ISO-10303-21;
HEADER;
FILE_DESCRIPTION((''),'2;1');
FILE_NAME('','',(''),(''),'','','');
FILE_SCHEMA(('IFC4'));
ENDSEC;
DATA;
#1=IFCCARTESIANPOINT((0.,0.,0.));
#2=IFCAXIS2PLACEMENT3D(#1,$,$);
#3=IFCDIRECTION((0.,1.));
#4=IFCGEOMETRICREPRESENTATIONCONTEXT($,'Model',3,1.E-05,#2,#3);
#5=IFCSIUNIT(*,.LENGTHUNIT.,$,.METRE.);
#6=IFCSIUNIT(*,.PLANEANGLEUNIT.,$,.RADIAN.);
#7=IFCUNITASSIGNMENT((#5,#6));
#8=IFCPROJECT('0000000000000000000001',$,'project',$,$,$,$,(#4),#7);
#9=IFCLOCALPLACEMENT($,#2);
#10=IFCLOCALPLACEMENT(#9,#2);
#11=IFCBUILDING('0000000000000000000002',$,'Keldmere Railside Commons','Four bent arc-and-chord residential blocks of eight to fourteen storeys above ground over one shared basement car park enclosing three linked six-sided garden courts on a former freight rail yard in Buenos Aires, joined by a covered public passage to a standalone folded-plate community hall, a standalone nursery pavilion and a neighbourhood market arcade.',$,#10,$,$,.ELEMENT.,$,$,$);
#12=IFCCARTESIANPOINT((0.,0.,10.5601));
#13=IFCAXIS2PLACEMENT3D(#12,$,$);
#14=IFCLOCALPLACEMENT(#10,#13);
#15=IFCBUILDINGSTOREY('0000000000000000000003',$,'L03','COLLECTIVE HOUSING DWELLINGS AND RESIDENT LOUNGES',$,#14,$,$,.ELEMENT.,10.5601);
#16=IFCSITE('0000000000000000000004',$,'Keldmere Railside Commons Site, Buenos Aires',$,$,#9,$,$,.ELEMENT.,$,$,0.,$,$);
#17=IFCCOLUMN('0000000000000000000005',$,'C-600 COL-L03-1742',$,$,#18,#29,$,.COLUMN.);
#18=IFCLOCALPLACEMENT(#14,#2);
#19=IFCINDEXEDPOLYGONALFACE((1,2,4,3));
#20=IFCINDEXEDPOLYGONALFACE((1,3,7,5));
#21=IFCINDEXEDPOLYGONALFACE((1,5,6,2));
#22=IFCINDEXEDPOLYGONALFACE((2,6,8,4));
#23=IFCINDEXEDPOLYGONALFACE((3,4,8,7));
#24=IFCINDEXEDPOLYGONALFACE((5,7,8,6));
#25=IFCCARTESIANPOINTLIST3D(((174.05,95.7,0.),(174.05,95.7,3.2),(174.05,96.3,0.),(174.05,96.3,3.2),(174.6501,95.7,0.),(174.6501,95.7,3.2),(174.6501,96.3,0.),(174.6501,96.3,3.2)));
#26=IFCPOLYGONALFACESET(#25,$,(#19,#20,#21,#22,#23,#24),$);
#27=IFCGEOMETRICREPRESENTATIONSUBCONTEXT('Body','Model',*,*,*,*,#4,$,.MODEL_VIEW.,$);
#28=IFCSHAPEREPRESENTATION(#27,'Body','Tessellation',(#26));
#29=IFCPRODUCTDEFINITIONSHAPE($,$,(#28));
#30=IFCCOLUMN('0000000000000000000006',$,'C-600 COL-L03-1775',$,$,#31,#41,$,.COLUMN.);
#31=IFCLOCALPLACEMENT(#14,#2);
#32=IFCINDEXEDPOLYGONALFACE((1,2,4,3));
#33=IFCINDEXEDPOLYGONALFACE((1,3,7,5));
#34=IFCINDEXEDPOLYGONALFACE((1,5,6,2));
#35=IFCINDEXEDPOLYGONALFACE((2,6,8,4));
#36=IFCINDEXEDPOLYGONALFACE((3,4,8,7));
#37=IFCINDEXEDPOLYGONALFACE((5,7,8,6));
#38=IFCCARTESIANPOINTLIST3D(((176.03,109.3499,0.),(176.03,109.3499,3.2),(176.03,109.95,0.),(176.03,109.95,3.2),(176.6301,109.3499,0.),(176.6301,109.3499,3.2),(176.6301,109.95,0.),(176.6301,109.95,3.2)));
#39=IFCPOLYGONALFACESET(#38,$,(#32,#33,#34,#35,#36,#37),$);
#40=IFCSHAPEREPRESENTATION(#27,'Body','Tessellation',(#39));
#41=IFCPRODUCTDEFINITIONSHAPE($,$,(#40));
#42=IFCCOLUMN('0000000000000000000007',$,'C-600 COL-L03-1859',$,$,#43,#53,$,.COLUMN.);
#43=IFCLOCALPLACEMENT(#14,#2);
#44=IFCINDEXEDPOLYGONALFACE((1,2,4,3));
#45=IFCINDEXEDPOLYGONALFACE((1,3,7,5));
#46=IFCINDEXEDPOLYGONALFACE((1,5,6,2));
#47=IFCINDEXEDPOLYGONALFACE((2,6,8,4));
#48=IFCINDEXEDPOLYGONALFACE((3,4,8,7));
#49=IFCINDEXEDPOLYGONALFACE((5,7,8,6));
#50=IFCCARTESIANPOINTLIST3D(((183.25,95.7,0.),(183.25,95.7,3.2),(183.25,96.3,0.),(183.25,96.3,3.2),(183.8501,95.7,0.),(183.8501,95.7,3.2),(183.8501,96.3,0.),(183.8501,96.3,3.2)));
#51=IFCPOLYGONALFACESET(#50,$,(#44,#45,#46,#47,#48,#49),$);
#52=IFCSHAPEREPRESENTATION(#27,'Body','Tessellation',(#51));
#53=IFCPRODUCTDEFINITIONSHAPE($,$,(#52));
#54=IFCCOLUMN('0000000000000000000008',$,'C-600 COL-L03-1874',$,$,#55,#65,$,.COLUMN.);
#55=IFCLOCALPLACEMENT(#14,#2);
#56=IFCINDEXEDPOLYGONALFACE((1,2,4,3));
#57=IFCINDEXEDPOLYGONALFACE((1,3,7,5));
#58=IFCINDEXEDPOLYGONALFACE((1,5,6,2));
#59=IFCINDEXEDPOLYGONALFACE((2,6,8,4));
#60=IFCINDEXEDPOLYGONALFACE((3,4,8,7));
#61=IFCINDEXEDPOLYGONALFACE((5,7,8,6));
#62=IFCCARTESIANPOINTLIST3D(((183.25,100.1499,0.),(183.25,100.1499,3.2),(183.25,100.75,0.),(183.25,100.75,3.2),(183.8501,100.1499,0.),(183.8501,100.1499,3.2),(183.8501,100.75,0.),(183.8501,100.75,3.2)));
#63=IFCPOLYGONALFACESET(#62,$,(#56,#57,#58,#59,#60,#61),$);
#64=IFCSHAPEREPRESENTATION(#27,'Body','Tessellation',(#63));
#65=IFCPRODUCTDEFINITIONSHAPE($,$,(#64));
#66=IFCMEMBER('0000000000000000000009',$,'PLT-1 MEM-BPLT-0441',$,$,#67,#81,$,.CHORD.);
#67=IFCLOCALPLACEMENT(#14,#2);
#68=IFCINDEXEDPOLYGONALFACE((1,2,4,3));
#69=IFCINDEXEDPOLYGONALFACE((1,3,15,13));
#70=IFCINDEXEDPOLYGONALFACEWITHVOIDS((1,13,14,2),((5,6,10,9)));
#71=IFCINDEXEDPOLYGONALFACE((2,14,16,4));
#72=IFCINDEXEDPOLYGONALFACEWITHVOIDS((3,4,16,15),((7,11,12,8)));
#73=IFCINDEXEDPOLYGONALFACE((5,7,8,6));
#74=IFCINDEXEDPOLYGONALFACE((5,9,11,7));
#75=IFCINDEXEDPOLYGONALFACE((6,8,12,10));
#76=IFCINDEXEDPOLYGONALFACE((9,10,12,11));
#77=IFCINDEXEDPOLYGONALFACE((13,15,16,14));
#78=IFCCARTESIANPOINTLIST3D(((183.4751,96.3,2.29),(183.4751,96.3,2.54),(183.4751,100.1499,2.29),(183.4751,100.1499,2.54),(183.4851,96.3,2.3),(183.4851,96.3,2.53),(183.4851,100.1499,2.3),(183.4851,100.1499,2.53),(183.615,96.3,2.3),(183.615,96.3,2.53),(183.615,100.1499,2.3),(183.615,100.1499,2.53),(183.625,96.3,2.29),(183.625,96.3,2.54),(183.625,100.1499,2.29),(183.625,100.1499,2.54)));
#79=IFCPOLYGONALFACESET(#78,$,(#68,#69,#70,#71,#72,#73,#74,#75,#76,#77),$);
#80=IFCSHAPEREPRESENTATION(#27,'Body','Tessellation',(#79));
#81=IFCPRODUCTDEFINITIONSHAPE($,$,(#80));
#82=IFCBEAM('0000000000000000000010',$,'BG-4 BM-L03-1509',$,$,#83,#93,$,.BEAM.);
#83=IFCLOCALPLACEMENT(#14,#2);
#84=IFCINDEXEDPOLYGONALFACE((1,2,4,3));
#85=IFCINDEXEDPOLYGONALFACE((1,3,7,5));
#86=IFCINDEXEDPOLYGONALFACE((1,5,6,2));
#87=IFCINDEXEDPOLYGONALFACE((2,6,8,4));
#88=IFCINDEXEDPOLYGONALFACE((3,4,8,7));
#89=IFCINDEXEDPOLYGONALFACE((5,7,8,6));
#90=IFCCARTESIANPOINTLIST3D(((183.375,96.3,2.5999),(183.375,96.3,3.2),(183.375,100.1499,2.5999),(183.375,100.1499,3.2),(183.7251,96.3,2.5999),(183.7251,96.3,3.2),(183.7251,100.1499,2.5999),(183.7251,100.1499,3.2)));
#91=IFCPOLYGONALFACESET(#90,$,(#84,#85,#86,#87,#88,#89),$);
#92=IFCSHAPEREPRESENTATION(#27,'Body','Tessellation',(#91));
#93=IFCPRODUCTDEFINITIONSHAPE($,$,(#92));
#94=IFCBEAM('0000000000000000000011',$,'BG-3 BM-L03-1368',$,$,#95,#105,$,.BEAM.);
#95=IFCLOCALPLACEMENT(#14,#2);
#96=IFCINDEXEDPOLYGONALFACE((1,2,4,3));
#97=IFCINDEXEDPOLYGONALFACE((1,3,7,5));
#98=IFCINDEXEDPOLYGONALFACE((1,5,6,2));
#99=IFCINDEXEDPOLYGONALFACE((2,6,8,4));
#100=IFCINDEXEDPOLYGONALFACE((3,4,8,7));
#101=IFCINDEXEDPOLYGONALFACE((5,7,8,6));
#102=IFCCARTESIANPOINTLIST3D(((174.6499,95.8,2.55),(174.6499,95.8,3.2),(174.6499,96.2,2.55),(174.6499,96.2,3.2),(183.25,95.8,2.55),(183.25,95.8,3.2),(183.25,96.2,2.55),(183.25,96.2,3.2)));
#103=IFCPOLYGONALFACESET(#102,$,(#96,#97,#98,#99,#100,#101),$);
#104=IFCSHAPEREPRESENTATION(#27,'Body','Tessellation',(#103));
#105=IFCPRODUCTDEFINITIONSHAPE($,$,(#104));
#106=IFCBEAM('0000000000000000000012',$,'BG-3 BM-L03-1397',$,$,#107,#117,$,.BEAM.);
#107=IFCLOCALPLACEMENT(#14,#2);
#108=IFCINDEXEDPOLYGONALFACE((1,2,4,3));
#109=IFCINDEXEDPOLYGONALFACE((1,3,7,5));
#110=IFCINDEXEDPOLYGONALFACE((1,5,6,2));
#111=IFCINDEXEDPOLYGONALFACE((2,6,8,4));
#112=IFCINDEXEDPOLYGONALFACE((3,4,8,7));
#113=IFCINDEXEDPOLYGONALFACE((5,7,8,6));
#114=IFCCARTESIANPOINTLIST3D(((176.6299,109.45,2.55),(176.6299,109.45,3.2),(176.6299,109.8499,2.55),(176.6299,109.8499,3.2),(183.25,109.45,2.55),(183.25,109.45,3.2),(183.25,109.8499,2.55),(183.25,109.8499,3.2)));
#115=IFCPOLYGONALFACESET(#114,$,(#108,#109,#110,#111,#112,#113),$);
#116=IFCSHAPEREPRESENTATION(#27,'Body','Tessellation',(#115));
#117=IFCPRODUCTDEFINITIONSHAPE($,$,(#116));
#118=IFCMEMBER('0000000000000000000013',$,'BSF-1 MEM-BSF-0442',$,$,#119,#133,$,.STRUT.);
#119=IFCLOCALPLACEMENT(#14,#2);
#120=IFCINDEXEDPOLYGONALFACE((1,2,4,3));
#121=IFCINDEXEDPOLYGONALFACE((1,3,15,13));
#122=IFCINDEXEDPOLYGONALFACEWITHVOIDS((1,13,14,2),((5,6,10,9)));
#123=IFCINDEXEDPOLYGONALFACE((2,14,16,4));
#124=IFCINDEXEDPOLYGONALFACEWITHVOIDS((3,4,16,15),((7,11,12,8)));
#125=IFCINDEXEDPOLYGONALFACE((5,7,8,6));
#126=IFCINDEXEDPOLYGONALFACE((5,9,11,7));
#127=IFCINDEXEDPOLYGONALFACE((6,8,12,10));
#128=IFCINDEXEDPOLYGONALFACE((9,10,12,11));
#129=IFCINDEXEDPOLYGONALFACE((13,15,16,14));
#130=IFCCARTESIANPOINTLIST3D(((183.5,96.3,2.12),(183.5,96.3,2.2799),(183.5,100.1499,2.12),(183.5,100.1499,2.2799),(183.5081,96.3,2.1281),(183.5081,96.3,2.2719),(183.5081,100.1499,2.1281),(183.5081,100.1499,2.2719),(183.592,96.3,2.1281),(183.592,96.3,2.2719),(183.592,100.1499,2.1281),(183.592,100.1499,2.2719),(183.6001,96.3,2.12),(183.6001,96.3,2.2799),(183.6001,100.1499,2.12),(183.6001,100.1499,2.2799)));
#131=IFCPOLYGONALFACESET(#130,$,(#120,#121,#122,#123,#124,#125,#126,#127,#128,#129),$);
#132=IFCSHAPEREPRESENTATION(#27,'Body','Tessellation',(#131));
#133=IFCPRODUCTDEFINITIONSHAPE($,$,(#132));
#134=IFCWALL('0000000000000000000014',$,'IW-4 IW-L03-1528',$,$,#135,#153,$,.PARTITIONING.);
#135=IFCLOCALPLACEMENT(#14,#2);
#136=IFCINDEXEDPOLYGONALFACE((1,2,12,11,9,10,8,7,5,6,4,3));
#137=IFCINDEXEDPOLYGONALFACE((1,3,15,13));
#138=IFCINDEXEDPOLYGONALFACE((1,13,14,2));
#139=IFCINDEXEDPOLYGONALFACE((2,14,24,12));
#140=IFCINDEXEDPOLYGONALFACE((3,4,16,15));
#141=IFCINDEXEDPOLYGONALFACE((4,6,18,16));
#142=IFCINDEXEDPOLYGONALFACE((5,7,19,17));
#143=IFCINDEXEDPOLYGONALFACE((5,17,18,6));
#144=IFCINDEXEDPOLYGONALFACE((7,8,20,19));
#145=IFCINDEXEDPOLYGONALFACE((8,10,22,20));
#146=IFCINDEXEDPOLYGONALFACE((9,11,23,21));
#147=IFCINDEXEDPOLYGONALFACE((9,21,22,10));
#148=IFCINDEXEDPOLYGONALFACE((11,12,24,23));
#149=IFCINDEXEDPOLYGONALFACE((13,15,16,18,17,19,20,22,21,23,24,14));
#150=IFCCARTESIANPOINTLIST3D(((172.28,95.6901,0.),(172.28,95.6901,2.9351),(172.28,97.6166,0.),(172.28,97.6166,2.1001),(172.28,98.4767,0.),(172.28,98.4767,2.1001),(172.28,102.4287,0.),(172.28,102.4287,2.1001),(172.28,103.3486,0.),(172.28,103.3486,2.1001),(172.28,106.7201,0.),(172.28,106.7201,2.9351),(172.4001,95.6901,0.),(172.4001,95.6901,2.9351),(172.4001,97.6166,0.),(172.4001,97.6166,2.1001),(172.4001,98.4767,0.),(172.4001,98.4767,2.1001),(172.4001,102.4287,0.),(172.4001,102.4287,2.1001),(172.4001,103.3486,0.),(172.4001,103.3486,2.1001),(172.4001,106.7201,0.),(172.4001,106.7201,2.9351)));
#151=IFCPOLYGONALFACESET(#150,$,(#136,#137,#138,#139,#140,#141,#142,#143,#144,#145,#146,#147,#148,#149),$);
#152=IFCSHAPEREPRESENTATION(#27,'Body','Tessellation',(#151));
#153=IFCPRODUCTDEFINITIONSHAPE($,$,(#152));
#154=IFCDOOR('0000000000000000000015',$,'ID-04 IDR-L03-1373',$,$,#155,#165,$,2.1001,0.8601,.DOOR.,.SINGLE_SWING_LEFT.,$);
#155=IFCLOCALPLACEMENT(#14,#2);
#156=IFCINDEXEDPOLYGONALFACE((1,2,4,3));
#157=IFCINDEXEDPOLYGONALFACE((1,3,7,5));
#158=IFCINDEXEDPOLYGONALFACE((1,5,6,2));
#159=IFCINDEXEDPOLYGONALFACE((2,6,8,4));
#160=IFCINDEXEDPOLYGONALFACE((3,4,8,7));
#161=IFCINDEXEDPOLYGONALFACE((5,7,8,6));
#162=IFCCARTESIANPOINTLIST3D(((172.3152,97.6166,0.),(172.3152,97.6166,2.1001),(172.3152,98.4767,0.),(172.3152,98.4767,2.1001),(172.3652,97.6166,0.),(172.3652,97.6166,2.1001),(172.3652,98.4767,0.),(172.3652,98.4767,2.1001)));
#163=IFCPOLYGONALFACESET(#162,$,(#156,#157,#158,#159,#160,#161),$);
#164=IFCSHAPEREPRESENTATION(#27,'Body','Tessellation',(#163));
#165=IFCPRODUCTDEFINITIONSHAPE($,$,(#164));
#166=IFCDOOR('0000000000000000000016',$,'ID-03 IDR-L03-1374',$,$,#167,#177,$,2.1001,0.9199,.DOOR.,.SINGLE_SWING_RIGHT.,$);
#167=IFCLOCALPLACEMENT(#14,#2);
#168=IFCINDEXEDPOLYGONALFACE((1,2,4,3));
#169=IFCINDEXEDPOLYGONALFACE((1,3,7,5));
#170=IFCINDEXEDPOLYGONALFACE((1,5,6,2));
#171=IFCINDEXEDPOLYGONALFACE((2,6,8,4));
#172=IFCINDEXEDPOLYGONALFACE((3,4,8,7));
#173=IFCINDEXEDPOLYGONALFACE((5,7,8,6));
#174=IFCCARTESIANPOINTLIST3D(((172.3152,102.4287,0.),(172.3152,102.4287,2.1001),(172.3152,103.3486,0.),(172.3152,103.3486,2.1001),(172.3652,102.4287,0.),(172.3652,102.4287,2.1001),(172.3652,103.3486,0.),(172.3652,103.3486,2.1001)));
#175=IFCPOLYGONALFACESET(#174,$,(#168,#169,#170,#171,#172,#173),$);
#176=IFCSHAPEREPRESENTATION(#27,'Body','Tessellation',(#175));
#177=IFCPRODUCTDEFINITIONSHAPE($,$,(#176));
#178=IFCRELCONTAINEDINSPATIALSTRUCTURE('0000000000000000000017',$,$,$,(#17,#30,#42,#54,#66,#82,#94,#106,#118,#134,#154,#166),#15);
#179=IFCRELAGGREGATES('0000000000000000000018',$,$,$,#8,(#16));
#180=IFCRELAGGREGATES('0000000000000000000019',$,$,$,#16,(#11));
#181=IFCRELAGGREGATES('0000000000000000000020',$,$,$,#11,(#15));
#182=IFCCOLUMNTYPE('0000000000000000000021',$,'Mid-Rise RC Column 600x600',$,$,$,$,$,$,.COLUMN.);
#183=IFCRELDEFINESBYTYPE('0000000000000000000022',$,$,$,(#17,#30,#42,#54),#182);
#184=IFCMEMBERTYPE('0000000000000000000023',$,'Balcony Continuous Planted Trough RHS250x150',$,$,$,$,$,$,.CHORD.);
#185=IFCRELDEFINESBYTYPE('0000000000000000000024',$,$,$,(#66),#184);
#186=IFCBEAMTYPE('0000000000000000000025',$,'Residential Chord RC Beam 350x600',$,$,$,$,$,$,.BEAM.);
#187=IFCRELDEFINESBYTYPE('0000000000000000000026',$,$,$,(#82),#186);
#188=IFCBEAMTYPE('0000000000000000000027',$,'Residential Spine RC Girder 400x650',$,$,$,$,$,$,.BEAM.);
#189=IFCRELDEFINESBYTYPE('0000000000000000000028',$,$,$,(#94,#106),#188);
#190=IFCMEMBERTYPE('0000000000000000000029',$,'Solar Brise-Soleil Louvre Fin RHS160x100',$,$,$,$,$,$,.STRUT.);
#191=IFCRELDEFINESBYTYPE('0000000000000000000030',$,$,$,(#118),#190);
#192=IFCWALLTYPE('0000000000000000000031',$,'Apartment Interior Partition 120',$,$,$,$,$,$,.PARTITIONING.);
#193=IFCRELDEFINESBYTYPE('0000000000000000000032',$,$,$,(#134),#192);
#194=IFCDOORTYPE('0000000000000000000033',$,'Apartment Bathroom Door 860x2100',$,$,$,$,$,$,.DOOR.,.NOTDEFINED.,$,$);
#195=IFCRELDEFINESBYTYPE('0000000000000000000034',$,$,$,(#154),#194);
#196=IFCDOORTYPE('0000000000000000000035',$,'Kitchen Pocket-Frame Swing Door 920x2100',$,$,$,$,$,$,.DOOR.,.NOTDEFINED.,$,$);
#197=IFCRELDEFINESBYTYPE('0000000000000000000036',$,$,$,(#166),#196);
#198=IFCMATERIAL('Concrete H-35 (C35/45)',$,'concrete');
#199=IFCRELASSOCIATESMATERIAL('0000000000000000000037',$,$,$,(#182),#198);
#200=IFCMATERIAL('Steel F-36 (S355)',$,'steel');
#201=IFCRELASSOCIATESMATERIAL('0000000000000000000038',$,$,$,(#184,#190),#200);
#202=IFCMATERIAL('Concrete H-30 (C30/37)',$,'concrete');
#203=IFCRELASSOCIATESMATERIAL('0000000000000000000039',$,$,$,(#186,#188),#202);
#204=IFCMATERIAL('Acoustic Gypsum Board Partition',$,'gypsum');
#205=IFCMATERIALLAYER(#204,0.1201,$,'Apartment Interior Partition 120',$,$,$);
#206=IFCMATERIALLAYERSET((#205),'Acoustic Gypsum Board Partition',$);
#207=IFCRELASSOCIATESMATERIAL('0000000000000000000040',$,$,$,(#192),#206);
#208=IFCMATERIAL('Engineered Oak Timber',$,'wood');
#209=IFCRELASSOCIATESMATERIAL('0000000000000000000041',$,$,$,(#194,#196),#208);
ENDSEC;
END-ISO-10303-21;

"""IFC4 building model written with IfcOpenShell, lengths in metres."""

from ifc_helpers import new_model, si_unit, direction, frame, frame_2d, origin, origin_2d, place, context, subcontext, project, spatial, rectangle, hollow_rectangle, extrude, material, layer, layer_set, material_profile, profile_set, type_object, element, fill, save


model = new_model("IFC4")

# Units and contexts
model_context = context("Model", 3, precision=1e-05, world=origin(), true_north=direction((0.0, 1.0)))
body_context = subcontext(model_context, "Body", "Model", "MODEL_VIEW")
ifc_project = project(units=[si_unit("LENGTHUNIT", "METRE"), si_unit("PLANEANGLEUNIT", "RADIAN")], contexts=[model_context])

# Site, building, storey
site_placement = place(None, origin())
site = spatial("IfcSite", under=ifc_project, at=site_placement, Name="Keldmere Railside Commons Site, Buenos Aires", CompositionType="ELEMENT", RefElevation=0.0)
building_placement = place(site_placement, origin())
building = spatial("IfcBuilding", under=site, at=building_placement, Name="Keldmere Railside Commons", Description="Four bent arc-and-chord residential blocks of eight to fourteen storeys above ground over one shared basement car park enclosing three linked six-sided garden courts on a former freight rail yard in Buenos Aires, joined by a covered public passage to a standalone folded-plate community hall, a standalone nursery pavilion and a neighbourhood market arcade.", CompositionType="ELEMENT")
storey_placement = place(building_placement, frame((0.0, 0.0, 10.5601)))
storey = spatial("IfcBuildingStorey", under=building, at=storey_placement, Name="L03", Description="COLLECTIVE HOUSING DWELLINGS AND RESIDENT LOUNGES", CompositionType="ELEMENT", Elevation=10.5601)

# Columns
ifc_material_1 = material(Name="Concrete H-35 (C35/45)", Category="concrete")
ifc_material_profile_1 = material_profile(ifc_material_1, rectangle(XDim=0.6001, YDim=0.6001, at=origin_2d()), Name="RC-600x600")
ifc_profile_set_1 = profile_set([ifc_material_profile_1], Name="Concrete H-35 (C35/45)")
column_type = type_object("IfcColumnType", Name="Mid-Rise RC Column 600x600", PredefinedType="COLUMN", material=ifc_profile_set_1)
for number, where, z_axis, x_axis, name in (
    (1, (174.3501, 96.0, 0.0), (0.0, 0.0, 1.0), (1.0, 0.0, 0.0), "C-600 COL-L03-1742"),
    (2, (176.3301, 109.6499, 0.0), (0.0, 0.0, 1.0), (1.0, 0.0, 0.0), "C-600 COL-L03-1775"),
    (3, (183.55, 96.0, 0.0), (0.0, 0.0, 1.0), (1.0, 0.0, 0.0), "C-600 COL-L03-1859"),
    (4, (183.55, 100.45, 0.0), (0.0, 0.0, 1.0), (1.0, 0.0, 0.0), "C-600 COL-L03-1874"),
):
    element("IfcColumn", number, at=place(storey_placement, frame(where, z_axis=z_axis, x_axis=x_axis)), inside=storey, type_object=column_type, Name=name, PredefinedType="COLUMN", context=body_context, shape_type="SweptSolid", body=[
        extrude(rectangle(XDim=0.6001, YDim=0.6001, at=origin_2d()), origin(), (0.0, 0.0, 1.0), 3.2),
    ])

# Member
ifc_material_2 = material(Name="Steel F-36 (S355)", Category="steel")
ifc_material_profile_2 = material_profile(ifc_material_2, hollow_rectangle(XDim=0.1499, YDim=0.25, WallThickness=0.01, at=origin_2d()), Name="RHS-250x150x10")
ifc_profile_set_2 = profile_set([ifc_material_profile_2], Name="Steel F-36 (S355)")
member_type_1 = type_object("IfcMemberType", Name="Balcony Continuous Planted Trough RHS250x150", PredefinedType="CHORD", material=ifc_profile_set_2)
member_1_placement = place(storey_placement, frame((183.55, 96.3, 2.415), z_axis=(0.0, 1.0, 0.0), x_axis=(-1.0, 0.0, 0.0)))
element("IfcMember", 5, at=member_1_placement, inside=storey, type_object=member_type_1, Name="PLT-1 MEM-BPLT-0441", PredefinedType="CHORD", context=body_context, shape_type="SweptSolid", body=[
    extrude(hollow_rectangle(XDim=0.1499, YDim=0.25, WallThickness=0.01, at=origin_2d()), origin(), (0.0, 0.0, 1.0), 3.8499),
])

# Beams
ifc_material_3 = material(Name="Concrete H-30 (C30/37)", Category="concrete")
ifc_material_profile_3 = material_profile(ifc_material_3, rectangle(XDim=0.3501, YDim=0.6001, at=origin_2d()), Name="RC-350x600")
ifc_profile_set_3 = profile_set([ifc_material_profile_3], Name="Concrete H-30 (C30/37)")
beam_type_1 = type_object("IfcBeamType", Name="Residential Chord RC Beam 350x600", PredefinedType="BEAM", material=ifc_profile_set_3)
beam_1_placement = place(storey_placement, frame((183.55, 96.3, 2.8999), z_axis=(0.0, 1.0, 0.0), x_axis=(-1.0, 0.0, 0.0)))
element("IfcBeam", 6, at=beam_1_placement, inside=storey, type_object=beam_type_1, Name="BG-4 BM-L03-1509", PredefinedType="BEAM", context=body_context, shape_type="SweptSolid", body=[
    extrude(rectangle(XDim=0.3501, YDim=0.6001, at=origin_2d()), origin(), (0.0, 0.0, 1.0), 3.8499),
])
ifc_material_profile_4 = material_profile(ifc_material_3, rectangle(XDim=0.3999, YDim=0.6499, at=origin_2d()), Name="RC-400x650")
ifc_profile_set_4 = profile_set([ifc_material_profile_4], Name="Concrete H-30 (C30/37)")
beam_type_2 = type_object("IfcBeamType", Name="Residential Spine RC Girder 400x650", PredefinedType="BEAM", material=ifc_profile_set_4)
beam_2_placement = place(storey_placement, frame((174.6499, 96.0, 2.875), z_axis=(1.0, 0.0, 0.0), x_axis=(0.0, 1.0, 0.0)))
element("IfcBeam", 7, at=beam_2_placement, inside=storey, type_object=beam_type_2, Name="BG-3 BM-L03-1368", PredefinedType="BEAM", context=body_context, shape_type="SweptSolid", body=[
    extrude(rectangle(XDim=0.3999, YDim=0.6499, at=origin_2d()), origin(), (0.0, 0.0, 1.0), 8.6001),
])
beam_3_placement = place(storey_placement, frame((176.6299, 109.6499, 2.875), z_axis=(1.0, 0.0, 0.0), x_axis=(0.0, 1.0, 0.0)))
element("IfcBeam", 8, at=beam_3_placement, inside=storey, type_object=beam_type_2, Name="BG-3 BM-L03-1397", PredefinedType="BEAM", context=body_context, shape_type="SweptSolid", body=[
    extrude(rectangle(XDim=0.3999, YDim=0.6499, at=origin_2d()), origin(), (0.0, 0.0, 1.0), 6.6201),
])

# Member
ifc_material_profile_5 = material_profile(ifc_material_2, hollow_rectangle(XDim=0.1001, YDim=0.1599, WallThickness=0.0081, at=origin_2d()), Name="RHS-160x100x8")
ifc_profile_set_5 = profile_set([ifc_material_profile_5], Name="Steel F-36 (S355)")
member_type_2 = type_object("IfcMemberType", Name="Solar Brise-Soleil Louvre Fin RHS160x100", PredefinedType="STRUT", material=ifc_profile_set_5)
member_2_placement = place(storey_placement, frame((183.55, 96.3, 2.2), z_axis=(0.0, 1.0, 0.0), x_axis=(-1.0, 0.0, 0.0)))
element("IfcMember", 9, at=member_2_placement, inside=storey, type_object=member_type_2, Name="BSF-1 MEM-BSF-0442", PredefinedType="STRUT", context=body_context, shape_type="SweptSolid", body=[
    extrude(hollow_rectangle(XDim=0.1001, YDim=0.1599, WallThickness=0.0081, at=origin_2d()), origin(), (0.0, 0.0, 1.0), 3.8499),
])

# Wall, openings, doors
ifc_material_4 = material(Name="Acoustic Gypsum Board Partition", Category="gypsum")
ifc_layer_1 = layer(ifc_material_4, 0.1201, Name="Apartment Interior Partition 120")
ifc_layer_set_1 = layer_set([ifc_layer_1], Name="Acoustic Gypsum Board Partition")
wall_type_1 = type_object("IfcWallType", Name="Apartment Interior Partition 120", PredefinedType="PARTITIONING", material=ifc_layer_set_1)
wall_1_placement = place(storey_placement, frame((172.3401, 95.6899, 0.0), z_axis=(0.0, 0.0, 1.0), x_axis=(0.0, 1.0, 0.0)))
wall_1 = element("IfcWall", 10, at=wall_1_placement, inside=storey, type_object=wall_type_1, Name="IW-4 IW-L03-1528", PredefinedType="PARTITIONING", context=body_context, shape_type="SweptSolid", body=[
    extrude(rectangle(XDim=11.03, YDim=0.1201, at=frame_2d((5.5151, 0.0))), origin(), (0.0, 0.0, 1.0), 2.9351),
])
opening_1_placement = place(wall_1_placement, frame((1.9265, 0.0, 0.0)))
opening_1 = element("IfcOpeningElement", 11, at=opening_1_placement, cuts=wall_1, PredefinedType="OPENING", context=body_context, shape_type="SweptSolid", body=[
    extrude(rectangle(XDim=0.8601, YDim=2.1001, at=frame_2d((0.4302, 1.05))), frame((0.0, 0.0701, 0.0), z_axis=(0.0, -1.0, 0.0), x_axis=(1.0, 0.0, 0.0)), (0.0, 0.0, 1.0), 0.1401),
])
opening_2_placement = place(wall_1_placement, frame((6.7388, 0.0, 0.0)))
opening_2 = element("IfcOpeningElement", 12, at=opening_2_placement, cuts=wall_1, PredefinedType="OPENING", context=body_context, shape_type="SweptSolid", body=[
    extrude(rectangle(XDim=0.9199, YDim=2.1001, at=frame_2d((0.46, 1.05))), frame((0.0, 0.0701, 0.0), z_axis=(0.0, -1.0, 0.0), x_axis=(1.0, 0.0, 0.0)), (0.0, 0.0, 1.0), 0.1401),
])
ifc_material_5 = material(Name="Engineered Oak Timber", Category="wood")
door_type_1 = type_object("IfcDoorType", Name="Apartment Bathroom Door 860x2100", OperationType="NOTDEFINED", PredefinedType="DOOR", material=ifc_material_5)
door_1_placement = place(opening_1_placement, origin())
door_1 = element("IfcDoor", 13, at=door_1_placement, inside=storey, type_object=door_type_1, Name="ID-04 IDR-L03-1373", OperationType="SINGLE_SWING_LEFT", OverallHeight=2.1001, OverallWidth=0.8601, PredefinedType="DOOR", context=body_context, shape_type="SweptSolid", body=[
    extrude(rectangle(XDim=0.8601, YDim=2.1001, at=frame_2d((0.4302, 1.05))), frame((0.0, 0.0249, 0.0), z_axis=(0.0, -1.0, 0.0), x_axis=(1.0, 0.0, 0.0)), (0.0, 0.0, 1.0), 0.05),
])
fill(opening_1, door_1)
door_type_2 = type_object("IfcDoorType", Name="Kitchen Pocket-Frame Swing Door 920x2100", OperationType="NOTDEFINED", PredefinedType="DOOR", material=ifc_material_5)
door_2_placement = place(opening_2_placement, origin())
door_2 = element("IfcDoor", 14, at=door_2_placement, inside=storey, type_object=door_type_2, Name="ID-03 IDR-L03-1374", OperationType="SINGLE_SWING_RIGHT", OverallHeight=2.1001, OverallWidth=0.9199, PredefinedType="DOOR", context=body_context, shape_type="SweptSolid", body=[
    extrude(rectangle(XDim=0.9199, YDim=2.1001, at=frame_2d((0.46, 1.05))), frame((0.0, 0.0249, 0.0), z_axis=(0.0, -1.0, 0.0), x_axis=(1.0, 0.0, 0.0)), (0.0, 0.0, 1.0), 0.05),
])
fill(opening_2, door_2)

save(model, "model.ifc")
